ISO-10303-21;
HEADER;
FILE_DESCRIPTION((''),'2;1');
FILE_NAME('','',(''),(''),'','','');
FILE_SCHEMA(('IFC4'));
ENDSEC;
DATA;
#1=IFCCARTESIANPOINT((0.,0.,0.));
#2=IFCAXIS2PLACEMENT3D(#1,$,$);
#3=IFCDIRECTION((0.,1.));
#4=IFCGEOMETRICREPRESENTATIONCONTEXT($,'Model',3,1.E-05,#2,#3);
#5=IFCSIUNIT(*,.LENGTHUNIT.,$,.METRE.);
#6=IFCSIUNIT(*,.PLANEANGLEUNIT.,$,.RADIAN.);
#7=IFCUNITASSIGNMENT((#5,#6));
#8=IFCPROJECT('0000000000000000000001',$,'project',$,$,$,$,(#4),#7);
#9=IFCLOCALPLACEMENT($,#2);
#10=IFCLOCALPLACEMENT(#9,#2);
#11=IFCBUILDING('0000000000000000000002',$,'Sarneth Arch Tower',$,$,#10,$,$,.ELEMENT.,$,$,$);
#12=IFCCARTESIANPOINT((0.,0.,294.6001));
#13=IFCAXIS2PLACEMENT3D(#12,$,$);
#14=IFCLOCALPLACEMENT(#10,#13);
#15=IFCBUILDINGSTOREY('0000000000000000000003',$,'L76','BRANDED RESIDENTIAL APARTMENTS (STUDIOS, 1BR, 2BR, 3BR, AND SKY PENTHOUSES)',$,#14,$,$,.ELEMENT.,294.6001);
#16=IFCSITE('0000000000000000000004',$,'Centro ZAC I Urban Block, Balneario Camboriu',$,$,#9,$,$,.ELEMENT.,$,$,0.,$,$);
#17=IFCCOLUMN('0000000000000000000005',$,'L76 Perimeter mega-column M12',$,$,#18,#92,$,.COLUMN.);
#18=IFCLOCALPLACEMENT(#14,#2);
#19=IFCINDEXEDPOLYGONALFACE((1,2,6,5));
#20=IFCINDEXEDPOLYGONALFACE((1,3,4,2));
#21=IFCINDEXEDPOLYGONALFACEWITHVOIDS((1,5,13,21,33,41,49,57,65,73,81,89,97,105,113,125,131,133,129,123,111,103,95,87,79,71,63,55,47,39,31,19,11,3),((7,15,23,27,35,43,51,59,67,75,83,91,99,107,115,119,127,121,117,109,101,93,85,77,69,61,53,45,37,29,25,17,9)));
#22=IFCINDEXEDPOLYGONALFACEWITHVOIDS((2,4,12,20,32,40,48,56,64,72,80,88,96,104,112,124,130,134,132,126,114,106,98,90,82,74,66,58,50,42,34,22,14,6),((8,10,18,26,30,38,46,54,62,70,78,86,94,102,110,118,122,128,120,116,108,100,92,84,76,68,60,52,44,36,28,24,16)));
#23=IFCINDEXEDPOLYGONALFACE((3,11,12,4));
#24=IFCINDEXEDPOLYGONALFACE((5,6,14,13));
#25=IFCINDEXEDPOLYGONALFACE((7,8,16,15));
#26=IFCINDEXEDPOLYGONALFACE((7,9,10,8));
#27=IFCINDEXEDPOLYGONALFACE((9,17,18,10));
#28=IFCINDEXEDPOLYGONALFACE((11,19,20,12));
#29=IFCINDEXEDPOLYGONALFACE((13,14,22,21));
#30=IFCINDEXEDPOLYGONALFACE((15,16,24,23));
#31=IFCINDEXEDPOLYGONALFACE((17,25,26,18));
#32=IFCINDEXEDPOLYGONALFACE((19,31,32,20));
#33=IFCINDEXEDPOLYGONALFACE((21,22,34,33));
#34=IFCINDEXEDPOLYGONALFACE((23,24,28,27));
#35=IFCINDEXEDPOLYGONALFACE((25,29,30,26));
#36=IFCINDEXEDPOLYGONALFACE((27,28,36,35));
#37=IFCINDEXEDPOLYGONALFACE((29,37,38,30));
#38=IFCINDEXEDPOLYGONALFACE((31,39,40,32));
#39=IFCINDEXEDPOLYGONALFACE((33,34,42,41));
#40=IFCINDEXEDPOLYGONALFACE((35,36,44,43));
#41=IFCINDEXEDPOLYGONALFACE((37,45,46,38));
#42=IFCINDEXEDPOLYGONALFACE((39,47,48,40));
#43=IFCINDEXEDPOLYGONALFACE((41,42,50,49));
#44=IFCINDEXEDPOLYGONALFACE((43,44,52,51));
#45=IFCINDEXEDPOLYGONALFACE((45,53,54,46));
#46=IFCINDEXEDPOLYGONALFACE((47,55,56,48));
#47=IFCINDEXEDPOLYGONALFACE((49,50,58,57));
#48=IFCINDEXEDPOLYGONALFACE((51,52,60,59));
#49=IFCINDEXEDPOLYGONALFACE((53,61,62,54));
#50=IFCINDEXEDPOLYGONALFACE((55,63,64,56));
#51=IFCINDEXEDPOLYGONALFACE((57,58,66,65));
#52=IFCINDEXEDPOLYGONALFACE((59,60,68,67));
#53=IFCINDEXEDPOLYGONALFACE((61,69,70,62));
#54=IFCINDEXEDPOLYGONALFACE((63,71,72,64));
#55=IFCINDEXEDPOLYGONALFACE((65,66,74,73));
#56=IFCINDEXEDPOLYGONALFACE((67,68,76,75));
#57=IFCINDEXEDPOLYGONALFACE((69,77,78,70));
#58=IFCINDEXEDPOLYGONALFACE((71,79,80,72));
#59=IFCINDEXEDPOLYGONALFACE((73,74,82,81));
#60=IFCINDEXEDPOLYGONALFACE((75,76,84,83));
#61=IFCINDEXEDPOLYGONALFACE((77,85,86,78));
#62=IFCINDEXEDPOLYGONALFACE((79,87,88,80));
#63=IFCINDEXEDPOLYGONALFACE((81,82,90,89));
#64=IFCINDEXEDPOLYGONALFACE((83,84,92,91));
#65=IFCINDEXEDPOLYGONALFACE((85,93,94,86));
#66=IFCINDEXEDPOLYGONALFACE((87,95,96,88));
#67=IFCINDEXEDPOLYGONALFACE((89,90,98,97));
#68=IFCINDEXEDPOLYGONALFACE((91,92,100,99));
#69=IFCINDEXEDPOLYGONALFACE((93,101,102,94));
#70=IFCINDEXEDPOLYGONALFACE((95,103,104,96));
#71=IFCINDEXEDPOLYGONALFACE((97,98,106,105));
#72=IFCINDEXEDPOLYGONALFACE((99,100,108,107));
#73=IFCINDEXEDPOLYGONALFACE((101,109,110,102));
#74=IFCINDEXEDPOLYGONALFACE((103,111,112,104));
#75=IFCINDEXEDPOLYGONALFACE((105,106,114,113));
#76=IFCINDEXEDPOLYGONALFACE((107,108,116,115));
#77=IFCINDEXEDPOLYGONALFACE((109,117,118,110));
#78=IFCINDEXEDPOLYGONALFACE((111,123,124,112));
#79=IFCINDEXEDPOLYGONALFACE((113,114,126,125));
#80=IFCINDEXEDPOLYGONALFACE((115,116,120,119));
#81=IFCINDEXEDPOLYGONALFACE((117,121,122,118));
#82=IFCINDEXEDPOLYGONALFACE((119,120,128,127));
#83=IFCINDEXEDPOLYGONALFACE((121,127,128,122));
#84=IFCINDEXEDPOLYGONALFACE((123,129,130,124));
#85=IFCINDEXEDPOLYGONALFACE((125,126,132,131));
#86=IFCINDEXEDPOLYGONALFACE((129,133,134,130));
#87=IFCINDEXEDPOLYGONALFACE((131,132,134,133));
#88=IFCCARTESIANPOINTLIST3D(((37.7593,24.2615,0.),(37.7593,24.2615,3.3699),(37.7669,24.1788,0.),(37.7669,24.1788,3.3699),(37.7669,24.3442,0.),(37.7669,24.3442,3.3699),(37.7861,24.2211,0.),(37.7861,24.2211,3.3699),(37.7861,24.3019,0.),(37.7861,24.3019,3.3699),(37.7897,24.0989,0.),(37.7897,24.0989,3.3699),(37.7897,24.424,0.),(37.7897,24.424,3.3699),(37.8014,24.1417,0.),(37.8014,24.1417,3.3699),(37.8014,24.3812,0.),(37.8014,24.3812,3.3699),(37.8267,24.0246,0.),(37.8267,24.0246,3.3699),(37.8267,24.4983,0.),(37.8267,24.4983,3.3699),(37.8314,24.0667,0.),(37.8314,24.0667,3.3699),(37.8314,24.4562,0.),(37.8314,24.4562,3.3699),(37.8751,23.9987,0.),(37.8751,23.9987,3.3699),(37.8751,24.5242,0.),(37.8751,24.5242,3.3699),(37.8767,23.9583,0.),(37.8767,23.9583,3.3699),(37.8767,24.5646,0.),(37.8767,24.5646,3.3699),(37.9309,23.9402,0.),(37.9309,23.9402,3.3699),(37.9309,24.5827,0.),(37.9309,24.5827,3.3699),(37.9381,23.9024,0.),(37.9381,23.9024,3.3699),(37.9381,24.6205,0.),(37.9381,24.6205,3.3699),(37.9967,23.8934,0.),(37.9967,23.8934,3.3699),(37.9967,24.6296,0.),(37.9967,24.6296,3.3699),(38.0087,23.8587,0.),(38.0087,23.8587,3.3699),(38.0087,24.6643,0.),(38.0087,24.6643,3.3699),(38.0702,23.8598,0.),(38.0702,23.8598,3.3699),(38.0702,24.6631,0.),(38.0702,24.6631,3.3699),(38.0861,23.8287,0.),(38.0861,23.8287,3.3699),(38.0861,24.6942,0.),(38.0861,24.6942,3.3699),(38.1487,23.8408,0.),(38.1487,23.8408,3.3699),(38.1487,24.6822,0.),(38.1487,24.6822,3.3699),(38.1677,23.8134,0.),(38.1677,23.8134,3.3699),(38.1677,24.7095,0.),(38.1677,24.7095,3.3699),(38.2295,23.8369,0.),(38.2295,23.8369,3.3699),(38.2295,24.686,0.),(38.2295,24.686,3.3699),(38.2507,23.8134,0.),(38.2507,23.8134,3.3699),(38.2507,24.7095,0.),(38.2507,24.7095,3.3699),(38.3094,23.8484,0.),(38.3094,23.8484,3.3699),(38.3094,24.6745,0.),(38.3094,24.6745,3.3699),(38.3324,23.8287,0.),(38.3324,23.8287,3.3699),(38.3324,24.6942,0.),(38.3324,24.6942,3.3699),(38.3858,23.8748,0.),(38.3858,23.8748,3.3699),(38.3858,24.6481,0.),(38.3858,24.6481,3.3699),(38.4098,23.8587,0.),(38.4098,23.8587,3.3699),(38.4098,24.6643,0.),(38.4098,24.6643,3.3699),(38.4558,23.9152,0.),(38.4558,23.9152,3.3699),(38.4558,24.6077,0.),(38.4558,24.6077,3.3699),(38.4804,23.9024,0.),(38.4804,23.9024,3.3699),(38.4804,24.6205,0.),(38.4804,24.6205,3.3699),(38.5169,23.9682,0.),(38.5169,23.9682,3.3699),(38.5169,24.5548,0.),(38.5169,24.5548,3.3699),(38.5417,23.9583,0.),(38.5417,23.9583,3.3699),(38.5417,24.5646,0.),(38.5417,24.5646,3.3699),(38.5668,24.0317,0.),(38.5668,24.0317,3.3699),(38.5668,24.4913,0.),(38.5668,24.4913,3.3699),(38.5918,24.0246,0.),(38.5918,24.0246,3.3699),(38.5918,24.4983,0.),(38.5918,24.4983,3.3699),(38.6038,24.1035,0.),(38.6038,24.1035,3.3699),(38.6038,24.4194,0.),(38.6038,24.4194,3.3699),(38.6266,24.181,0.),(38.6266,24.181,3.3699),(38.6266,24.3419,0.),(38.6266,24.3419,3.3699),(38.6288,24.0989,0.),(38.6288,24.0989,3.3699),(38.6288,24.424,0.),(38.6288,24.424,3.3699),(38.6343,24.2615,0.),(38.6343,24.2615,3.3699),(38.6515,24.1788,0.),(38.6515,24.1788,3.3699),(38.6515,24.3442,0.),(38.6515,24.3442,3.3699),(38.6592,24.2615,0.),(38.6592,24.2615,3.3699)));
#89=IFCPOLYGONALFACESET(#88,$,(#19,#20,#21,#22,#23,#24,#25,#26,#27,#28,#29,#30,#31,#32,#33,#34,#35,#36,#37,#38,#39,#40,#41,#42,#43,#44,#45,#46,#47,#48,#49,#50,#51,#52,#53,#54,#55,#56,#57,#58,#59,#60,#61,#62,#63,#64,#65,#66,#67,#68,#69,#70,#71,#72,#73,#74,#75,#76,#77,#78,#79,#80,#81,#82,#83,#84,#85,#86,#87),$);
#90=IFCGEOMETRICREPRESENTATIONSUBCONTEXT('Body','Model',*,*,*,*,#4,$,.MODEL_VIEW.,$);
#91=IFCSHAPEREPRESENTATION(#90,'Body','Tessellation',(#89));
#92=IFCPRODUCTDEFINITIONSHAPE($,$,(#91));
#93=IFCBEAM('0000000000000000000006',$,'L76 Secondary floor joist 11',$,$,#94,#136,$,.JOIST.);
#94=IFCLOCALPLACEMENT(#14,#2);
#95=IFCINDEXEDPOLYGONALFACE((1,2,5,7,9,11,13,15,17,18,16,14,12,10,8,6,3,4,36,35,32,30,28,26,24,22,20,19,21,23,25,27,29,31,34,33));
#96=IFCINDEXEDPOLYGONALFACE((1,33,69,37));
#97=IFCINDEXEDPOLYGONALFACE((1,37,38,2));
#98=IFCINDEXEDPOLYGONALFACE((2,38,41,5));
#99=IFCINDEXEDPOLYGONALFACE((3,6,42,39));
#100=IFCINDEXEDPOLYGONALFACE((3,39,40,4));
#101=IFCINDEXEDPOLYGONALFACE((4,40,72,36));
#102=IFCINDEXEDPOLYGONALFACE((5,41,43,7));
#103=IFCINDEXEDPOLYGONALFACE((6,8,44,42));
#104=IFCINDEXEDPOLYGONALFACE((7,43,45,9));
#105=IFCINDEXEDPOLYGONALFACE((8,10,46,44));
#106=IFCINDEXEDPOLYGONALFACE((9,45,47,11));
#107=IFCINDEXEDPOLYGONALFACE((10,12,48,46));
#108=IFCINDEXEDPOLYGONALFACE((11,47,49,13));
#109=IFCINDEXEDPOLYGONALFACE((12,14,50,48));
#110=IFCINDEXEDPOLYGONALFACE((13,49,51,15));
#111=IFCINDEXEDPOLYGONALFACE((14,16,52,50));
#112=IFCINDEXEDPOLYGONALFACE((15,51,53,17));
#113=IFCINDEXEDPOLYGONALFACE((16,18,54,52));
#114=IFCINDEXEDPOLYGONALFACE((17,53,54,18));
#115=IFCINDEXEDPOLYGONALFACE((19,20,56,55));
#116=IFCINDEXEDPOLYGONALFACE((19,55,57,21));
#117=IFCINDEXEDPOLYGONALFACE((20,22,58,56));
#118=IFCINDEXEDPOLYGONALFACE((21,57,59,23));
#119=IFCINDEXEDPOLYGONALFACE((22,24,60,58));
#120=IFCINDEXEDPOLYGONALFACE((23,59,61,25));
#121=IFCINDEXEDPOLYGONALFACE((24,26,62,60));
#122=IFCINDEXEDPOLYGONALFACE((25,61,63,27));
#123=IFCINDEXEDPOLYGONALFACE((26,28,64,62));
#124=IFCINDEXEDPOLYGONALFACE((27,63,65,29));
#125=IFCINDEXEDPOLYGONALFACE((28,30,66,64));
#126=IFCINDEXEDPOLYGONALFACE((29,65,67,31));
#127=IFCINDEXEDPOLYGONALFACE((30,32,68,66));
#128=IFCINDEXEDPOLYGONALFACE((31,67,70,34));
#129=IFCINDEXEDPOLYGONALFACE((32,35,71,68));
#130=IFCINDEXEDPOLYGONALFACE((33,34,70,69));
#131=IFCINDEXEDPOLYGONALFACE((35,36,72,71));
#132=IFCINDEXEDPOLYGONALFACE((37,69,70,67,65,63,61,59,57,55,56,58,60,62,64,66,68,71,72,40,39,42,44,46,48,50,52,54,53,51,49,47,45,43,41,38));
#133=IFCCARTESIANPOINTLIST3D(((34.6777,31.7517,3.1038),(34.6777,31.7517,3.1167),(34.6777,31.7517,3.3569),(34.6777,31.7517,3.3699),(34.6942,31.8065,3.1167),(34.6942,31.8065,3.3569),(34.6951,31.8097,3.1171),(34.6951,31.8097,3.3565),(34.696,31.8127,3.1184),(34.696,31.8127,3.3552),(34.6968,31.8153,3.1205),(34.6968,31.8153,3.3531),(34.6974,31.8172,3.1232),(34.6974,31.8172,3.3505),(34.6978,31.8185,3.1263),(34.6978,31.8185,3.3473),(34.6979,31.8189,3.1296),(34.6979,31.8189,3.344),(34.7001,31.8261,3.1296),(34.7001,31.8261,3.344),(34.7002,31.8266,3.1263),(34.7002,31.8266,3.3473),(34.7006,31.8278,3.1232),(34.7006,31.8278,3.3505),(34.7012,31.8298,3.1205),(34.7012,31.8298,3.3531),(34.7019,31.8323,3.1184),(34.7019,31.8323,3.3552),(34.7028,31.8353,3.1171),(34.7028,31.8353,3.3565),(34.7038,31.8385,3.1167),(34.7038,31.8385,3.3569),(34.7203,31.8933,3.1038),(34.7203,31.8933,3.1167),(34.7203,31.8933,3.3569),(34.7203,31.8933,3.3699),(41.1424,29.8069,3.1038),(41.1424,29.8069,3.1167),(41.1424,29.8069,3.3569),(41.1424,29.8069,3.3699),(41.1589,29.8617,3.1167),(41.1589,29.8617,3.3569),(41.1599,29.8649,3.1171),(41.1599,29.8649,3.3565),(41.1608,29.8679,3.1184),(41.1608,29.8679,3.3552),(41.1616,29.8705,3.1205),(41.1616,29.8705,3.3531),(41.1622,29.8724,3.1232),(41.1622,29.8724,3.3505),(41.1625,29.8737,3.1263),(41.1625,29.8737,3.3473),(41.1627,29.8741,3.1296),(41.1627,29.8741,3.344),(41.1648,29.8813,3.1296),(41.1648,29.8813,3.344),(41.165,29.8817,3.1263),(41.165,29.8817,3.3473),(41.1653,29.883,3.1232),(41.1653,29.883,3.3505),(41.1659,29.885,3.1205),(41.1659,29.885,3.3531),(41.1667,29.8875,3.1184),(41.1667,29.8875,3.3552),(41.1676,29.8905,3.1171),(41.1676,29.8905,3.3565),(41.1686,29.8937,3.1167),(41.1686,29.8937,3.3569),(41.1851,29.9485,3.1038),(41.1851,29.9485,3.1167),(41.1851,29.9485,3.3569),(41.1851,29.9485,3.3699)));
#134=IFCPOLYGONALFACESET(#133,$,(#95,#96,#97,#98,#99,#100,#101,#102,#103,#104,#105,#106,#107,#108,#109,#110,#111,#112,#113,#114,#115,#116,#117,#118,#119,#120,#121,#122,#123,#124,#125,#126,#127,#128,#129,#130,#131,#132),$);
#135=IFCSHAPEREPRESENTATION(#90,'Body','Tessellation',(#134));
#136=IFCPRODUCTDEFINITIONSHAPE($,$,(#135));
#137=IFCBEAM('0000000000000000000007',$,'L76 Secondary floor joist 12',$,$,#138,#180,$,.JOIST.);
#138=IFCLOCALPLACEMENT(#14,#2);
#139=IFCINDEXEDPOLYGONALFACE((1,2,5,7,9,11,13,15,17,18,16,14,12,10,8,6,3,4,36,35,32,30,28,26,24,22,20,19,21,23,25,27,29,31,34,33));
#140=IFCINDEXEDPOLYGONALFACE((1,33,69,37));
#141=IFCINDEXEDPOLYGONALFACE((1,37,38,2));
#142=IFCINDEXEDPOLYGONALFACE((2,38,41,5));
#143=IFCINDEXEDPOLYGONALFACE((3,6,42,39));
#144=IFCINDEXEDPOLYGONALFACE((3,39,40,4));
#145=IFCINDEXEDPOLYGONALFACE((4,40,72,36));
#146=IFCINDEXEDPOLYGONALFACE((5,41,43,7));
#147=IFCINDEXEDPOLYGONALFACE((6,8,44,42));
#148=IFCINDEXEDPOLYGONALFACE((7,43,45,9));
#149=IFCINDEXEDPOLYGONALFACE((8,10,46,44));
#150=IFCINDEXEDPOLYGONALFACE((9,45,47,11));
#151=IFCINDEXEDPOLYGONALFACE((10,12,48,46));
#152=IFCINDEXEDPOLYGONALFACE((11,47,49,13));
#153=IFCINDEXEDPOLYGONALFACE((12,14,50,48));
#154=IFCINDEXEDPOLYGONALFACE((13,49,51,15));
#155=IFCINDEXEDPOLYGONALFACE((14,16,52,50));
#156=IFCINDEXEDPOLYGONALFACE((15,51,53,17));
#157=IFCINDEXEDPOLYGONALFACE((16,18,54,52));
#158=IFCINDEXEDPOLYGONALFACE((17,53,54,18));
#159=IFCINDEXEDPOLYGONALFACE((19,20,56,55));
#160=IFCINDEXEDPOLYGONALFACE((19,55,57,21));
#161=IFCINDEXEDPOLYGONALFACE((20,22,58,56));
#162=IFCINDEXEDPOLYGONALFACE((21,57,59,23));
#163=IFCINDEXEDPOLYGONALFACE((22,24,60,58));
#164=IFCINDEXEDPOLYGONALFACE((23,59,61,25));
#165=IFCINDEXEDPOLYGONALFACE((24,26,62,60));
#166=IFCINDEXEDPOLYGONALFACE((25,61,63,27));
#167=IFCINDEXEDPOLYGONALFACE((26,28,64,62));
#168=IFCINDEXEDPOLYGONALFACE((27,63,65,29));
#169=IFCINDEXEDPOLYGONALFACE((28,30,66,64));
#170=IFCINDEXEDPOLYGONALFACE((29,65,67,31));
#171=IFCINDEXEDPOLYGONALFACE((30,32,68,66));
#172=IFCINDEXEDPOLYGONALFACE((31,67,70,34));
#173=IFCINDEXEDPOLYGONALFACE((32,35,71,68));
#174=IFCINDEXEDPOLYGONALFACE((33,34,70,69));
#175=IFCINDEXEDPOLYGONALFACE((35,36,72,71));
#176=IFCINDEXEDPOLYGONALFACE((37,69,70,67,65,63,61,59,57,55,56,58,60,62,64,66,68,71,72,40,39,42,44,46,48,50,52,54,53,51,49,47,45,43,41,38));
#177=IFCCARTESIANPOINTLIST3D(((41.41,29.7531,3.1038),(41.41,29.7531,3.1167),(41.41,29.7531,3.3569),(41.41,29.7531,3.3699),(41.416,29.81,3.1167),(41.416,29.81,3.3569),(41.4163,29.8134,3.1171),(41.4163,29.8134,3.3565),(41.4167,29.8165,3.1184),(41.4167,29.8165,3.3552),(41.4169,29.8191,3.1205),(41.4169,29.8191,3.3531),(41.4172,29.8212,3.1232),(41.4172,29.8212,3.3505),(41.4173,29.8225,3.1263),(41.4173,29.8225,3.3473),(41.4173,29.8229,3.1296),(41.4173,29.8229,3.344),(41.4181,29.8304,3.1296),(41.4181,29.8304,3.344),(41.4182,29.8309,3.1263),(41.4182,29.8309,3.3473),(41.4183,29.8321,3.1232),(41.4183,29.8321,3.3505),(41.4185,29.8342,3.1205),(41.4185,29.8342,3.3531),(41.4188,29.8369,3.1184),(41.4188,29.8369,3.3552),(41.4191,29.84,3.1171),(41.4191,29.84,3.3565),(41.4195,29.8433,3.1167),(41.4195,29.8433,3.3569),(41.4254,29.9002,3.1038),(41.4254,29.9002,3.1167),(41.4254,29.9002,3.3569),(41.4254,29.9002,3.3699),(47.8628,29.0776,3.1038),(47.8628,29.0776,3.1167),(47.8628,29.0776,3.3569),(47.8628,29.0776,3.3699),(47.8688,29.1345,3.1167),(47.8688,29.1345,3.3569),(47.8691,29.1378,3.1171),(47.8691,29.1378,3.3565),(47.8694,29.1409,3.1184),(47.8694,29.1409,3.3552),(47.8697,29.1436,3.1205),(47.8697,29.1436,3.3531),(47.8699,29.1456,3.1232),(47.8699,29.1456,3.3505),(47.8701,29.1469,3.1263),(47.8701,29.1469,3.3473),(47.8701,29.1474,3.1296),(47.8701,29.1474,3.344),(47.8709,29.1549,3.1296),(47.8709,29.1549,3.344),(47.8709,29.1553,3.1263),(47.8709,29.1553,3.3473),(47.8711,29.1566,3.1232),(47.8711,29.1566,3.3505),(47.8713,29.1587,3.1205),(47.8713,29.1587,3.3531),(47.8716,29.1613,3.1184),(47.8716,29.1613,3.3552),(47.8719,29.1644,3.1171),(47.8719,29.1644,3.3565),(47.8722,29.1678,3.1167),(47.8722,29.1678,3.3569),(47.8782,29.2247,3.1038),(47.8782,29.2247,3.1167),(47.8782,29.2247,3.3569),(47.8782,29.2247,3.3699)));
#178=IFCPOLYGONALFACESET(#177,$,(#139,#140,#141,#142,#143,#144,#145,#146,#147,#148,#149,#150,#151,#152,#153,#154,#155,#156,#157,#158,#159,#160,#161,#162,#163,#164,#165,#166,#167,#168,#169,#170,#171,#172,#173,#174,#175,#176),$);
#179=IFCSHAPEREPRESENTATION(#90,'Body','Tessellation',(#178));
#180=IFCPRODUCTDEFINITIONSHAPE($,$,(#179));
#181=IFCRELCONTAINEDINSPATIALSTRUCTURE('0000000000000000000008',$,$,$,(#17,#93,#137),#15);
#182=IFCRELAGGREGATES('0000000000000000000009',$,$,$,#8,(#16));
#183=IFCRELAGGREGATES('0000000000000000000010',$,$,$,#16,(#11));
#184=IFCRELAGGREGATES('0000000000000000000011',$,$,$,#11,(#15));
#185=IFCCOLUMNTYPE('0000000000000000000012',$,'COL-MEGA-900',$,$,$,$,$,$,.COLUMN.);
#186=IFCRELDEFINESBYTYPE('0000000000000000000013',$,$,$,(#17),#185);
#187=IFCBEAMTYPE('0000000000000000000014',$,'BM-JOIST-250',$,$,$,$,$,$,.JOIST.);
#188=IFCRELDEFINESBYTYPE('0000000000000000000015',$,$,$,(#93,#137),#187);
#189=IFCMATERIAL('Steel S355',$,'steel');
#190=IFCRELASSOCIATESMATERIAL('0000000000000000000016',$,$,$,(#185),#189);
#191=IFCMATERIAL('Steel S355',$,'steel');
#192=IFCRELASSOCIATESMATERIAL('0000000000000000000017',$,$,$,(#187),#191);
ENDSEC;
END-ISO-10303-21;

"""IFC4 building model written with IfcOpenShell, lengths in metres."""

from ifc_helpers import new_model, si_unit, direction, frame, origin, origin_2d, place, context, subcontext, project, spatial, hollow_circle, i_section, extrude, material, material_profile, profile_set, type_object, element, save


model = new_model("IFC4")

# Units and contexts
model_context = context("Model", 3, precision=1e-05, world=origin(), true_north=direction((0.0, 1.0)))
body_context = subcontext(model_context, "Body", "Model", "MODEL_VIEW")
ifc_project = project(units=[si_unit("LENGTHUNIT", "METRE"), si_unit("PLANEANGLEUNIT", "RADIAN")], contexts=[model_context])

# Site, building, storey
site_placement = place(None, origin())
site = spatial("IfcSite", under=ifc_project, at=site_placement, Name="Centro ZAC I Urban Block, Balneario Camboriu", CompositionType="ELEMENT", RefElevation=0.0)
building_placement = place(site_placement, origin())
building = spatial("IfcBuilding", under=site, at=building_placement, Name="Sarneth Arch Tower", CompositionType="ELEMENT")
storey_placement = place(building_placement, frame((0.0, 0.0, 294.6001)))
storey = spatial("IfcBuildingStorey", under=building, at=storey_placement, Name="L76", Description="BRANDED RESIDENTIAL APARTMENTS (STUDIOS, 1BR, 2BR, 3BR, AND SKY PENTHOUSES)", CompositionType="ELEMENT", Elevation=294.6001)

# Column
ifc_material_1 = material(Name="Steel S355", Category="steel")
ifc_material_profile_1 = material_profile(ifc_material_1, hollow_circle(Radius=0.45, WallThickness=0.0249, at=origin_2d()), Name="CHS900x25")
ifc_profile_set_1 = profile_set([ifc_material_profile_1], Name="Steel S355")
column_type = type_object("IfcColumnType", Name="COL-MEGA-900", PredefinedType="COLUMN", material=ifc_profile_set_1)
column_placement = place(storey_placement, frame((38.2092, 24.2615, 0.0), z_axis=(0.0, 0.0, 1.0), x_axis=(1.0, 0.0, 0.0)))
element("IfcColumn", 1, at=column_placement, inside=storey, type_object=column_type, Name="L76 Perimeter mega-column M12", PredefinedType="COLUMN", context=body_context, shape_type="SweptSolid", body=[
    extrude(hollow_circle(Radius=0.45, WallThickness=0.0249, at=origin_2d()), origin(), (0.0, 0.0, 1.0), 3.3699),
])

# Beams
ifc_material_2 = material(Name="Steel S355", Category="steel")
ifc_material_profile_2 = material_profile(ifc_material_2, i_section(OverallWidth=0.1479, OverallDepth=0.2661, WebThickness=0.0076, FlangeThickness=0.0129, FilletRadius=0.0129, at=origin_2d()), Name="W250x44.8")
ifc_profile_set_2 = profile_set([ifc_material_profile_2], Name="Steel S355")
beam_type_1 = type_object("IfcBeamType", Name="BM-JOIST-250", PredefinedType="JOIST", material=ifc_profile_set_2)
beam_1_placement = place(storey_placement, frame((34.699, 31.8225, 3.2368), z_axis=(0.957607, -0.288078, 0.0), x_axis=(0.288078, 0.957607, 0.0)))
element("IfcBeam", 2, at=beam_1_placement, inside=storey, type_object=beam_type_1, Name="L76 Secondary floor joist 11", PredefinedType="JOIST", context=body_context, shape_type="SweptSolid", body=[
    extrude(i_section(OverallWidth=0.1479, OverallDepth=0.2661, WebThickness=0.0076, FlangeThickness=0.0129, FilletRadius=0.0129, at=origin_2d()), origin(), (0.0, 0.0, 1.0), 6.751),
])
beam_2_placement = place(storey_placement, frame((41.4177, 29.8267, 3.2368), z_axis=(0.994565, -0.104119, 0.0), x_axis=(0.104119, 0.994565, 0.0)))
element("IfcBeam", 3, at=beam_2_placement, inside=storey, type_object=beam_type_1, Name="L76 Secondary floor joist 12", PredefinedType="JOIST", context=body_context, shape_type="SweptSolid", body=[
    extrude(i_section(OverallWidth=0.1479, OverallDepth=0.2661, WebThickness=0.0076, FlangeThickness=0.0129, FilletRadius=0.0129, at=origin_2d()), origin(), (0.0, 0.0, 1.0), 6.488),
])

save(model, "model.ifc")
